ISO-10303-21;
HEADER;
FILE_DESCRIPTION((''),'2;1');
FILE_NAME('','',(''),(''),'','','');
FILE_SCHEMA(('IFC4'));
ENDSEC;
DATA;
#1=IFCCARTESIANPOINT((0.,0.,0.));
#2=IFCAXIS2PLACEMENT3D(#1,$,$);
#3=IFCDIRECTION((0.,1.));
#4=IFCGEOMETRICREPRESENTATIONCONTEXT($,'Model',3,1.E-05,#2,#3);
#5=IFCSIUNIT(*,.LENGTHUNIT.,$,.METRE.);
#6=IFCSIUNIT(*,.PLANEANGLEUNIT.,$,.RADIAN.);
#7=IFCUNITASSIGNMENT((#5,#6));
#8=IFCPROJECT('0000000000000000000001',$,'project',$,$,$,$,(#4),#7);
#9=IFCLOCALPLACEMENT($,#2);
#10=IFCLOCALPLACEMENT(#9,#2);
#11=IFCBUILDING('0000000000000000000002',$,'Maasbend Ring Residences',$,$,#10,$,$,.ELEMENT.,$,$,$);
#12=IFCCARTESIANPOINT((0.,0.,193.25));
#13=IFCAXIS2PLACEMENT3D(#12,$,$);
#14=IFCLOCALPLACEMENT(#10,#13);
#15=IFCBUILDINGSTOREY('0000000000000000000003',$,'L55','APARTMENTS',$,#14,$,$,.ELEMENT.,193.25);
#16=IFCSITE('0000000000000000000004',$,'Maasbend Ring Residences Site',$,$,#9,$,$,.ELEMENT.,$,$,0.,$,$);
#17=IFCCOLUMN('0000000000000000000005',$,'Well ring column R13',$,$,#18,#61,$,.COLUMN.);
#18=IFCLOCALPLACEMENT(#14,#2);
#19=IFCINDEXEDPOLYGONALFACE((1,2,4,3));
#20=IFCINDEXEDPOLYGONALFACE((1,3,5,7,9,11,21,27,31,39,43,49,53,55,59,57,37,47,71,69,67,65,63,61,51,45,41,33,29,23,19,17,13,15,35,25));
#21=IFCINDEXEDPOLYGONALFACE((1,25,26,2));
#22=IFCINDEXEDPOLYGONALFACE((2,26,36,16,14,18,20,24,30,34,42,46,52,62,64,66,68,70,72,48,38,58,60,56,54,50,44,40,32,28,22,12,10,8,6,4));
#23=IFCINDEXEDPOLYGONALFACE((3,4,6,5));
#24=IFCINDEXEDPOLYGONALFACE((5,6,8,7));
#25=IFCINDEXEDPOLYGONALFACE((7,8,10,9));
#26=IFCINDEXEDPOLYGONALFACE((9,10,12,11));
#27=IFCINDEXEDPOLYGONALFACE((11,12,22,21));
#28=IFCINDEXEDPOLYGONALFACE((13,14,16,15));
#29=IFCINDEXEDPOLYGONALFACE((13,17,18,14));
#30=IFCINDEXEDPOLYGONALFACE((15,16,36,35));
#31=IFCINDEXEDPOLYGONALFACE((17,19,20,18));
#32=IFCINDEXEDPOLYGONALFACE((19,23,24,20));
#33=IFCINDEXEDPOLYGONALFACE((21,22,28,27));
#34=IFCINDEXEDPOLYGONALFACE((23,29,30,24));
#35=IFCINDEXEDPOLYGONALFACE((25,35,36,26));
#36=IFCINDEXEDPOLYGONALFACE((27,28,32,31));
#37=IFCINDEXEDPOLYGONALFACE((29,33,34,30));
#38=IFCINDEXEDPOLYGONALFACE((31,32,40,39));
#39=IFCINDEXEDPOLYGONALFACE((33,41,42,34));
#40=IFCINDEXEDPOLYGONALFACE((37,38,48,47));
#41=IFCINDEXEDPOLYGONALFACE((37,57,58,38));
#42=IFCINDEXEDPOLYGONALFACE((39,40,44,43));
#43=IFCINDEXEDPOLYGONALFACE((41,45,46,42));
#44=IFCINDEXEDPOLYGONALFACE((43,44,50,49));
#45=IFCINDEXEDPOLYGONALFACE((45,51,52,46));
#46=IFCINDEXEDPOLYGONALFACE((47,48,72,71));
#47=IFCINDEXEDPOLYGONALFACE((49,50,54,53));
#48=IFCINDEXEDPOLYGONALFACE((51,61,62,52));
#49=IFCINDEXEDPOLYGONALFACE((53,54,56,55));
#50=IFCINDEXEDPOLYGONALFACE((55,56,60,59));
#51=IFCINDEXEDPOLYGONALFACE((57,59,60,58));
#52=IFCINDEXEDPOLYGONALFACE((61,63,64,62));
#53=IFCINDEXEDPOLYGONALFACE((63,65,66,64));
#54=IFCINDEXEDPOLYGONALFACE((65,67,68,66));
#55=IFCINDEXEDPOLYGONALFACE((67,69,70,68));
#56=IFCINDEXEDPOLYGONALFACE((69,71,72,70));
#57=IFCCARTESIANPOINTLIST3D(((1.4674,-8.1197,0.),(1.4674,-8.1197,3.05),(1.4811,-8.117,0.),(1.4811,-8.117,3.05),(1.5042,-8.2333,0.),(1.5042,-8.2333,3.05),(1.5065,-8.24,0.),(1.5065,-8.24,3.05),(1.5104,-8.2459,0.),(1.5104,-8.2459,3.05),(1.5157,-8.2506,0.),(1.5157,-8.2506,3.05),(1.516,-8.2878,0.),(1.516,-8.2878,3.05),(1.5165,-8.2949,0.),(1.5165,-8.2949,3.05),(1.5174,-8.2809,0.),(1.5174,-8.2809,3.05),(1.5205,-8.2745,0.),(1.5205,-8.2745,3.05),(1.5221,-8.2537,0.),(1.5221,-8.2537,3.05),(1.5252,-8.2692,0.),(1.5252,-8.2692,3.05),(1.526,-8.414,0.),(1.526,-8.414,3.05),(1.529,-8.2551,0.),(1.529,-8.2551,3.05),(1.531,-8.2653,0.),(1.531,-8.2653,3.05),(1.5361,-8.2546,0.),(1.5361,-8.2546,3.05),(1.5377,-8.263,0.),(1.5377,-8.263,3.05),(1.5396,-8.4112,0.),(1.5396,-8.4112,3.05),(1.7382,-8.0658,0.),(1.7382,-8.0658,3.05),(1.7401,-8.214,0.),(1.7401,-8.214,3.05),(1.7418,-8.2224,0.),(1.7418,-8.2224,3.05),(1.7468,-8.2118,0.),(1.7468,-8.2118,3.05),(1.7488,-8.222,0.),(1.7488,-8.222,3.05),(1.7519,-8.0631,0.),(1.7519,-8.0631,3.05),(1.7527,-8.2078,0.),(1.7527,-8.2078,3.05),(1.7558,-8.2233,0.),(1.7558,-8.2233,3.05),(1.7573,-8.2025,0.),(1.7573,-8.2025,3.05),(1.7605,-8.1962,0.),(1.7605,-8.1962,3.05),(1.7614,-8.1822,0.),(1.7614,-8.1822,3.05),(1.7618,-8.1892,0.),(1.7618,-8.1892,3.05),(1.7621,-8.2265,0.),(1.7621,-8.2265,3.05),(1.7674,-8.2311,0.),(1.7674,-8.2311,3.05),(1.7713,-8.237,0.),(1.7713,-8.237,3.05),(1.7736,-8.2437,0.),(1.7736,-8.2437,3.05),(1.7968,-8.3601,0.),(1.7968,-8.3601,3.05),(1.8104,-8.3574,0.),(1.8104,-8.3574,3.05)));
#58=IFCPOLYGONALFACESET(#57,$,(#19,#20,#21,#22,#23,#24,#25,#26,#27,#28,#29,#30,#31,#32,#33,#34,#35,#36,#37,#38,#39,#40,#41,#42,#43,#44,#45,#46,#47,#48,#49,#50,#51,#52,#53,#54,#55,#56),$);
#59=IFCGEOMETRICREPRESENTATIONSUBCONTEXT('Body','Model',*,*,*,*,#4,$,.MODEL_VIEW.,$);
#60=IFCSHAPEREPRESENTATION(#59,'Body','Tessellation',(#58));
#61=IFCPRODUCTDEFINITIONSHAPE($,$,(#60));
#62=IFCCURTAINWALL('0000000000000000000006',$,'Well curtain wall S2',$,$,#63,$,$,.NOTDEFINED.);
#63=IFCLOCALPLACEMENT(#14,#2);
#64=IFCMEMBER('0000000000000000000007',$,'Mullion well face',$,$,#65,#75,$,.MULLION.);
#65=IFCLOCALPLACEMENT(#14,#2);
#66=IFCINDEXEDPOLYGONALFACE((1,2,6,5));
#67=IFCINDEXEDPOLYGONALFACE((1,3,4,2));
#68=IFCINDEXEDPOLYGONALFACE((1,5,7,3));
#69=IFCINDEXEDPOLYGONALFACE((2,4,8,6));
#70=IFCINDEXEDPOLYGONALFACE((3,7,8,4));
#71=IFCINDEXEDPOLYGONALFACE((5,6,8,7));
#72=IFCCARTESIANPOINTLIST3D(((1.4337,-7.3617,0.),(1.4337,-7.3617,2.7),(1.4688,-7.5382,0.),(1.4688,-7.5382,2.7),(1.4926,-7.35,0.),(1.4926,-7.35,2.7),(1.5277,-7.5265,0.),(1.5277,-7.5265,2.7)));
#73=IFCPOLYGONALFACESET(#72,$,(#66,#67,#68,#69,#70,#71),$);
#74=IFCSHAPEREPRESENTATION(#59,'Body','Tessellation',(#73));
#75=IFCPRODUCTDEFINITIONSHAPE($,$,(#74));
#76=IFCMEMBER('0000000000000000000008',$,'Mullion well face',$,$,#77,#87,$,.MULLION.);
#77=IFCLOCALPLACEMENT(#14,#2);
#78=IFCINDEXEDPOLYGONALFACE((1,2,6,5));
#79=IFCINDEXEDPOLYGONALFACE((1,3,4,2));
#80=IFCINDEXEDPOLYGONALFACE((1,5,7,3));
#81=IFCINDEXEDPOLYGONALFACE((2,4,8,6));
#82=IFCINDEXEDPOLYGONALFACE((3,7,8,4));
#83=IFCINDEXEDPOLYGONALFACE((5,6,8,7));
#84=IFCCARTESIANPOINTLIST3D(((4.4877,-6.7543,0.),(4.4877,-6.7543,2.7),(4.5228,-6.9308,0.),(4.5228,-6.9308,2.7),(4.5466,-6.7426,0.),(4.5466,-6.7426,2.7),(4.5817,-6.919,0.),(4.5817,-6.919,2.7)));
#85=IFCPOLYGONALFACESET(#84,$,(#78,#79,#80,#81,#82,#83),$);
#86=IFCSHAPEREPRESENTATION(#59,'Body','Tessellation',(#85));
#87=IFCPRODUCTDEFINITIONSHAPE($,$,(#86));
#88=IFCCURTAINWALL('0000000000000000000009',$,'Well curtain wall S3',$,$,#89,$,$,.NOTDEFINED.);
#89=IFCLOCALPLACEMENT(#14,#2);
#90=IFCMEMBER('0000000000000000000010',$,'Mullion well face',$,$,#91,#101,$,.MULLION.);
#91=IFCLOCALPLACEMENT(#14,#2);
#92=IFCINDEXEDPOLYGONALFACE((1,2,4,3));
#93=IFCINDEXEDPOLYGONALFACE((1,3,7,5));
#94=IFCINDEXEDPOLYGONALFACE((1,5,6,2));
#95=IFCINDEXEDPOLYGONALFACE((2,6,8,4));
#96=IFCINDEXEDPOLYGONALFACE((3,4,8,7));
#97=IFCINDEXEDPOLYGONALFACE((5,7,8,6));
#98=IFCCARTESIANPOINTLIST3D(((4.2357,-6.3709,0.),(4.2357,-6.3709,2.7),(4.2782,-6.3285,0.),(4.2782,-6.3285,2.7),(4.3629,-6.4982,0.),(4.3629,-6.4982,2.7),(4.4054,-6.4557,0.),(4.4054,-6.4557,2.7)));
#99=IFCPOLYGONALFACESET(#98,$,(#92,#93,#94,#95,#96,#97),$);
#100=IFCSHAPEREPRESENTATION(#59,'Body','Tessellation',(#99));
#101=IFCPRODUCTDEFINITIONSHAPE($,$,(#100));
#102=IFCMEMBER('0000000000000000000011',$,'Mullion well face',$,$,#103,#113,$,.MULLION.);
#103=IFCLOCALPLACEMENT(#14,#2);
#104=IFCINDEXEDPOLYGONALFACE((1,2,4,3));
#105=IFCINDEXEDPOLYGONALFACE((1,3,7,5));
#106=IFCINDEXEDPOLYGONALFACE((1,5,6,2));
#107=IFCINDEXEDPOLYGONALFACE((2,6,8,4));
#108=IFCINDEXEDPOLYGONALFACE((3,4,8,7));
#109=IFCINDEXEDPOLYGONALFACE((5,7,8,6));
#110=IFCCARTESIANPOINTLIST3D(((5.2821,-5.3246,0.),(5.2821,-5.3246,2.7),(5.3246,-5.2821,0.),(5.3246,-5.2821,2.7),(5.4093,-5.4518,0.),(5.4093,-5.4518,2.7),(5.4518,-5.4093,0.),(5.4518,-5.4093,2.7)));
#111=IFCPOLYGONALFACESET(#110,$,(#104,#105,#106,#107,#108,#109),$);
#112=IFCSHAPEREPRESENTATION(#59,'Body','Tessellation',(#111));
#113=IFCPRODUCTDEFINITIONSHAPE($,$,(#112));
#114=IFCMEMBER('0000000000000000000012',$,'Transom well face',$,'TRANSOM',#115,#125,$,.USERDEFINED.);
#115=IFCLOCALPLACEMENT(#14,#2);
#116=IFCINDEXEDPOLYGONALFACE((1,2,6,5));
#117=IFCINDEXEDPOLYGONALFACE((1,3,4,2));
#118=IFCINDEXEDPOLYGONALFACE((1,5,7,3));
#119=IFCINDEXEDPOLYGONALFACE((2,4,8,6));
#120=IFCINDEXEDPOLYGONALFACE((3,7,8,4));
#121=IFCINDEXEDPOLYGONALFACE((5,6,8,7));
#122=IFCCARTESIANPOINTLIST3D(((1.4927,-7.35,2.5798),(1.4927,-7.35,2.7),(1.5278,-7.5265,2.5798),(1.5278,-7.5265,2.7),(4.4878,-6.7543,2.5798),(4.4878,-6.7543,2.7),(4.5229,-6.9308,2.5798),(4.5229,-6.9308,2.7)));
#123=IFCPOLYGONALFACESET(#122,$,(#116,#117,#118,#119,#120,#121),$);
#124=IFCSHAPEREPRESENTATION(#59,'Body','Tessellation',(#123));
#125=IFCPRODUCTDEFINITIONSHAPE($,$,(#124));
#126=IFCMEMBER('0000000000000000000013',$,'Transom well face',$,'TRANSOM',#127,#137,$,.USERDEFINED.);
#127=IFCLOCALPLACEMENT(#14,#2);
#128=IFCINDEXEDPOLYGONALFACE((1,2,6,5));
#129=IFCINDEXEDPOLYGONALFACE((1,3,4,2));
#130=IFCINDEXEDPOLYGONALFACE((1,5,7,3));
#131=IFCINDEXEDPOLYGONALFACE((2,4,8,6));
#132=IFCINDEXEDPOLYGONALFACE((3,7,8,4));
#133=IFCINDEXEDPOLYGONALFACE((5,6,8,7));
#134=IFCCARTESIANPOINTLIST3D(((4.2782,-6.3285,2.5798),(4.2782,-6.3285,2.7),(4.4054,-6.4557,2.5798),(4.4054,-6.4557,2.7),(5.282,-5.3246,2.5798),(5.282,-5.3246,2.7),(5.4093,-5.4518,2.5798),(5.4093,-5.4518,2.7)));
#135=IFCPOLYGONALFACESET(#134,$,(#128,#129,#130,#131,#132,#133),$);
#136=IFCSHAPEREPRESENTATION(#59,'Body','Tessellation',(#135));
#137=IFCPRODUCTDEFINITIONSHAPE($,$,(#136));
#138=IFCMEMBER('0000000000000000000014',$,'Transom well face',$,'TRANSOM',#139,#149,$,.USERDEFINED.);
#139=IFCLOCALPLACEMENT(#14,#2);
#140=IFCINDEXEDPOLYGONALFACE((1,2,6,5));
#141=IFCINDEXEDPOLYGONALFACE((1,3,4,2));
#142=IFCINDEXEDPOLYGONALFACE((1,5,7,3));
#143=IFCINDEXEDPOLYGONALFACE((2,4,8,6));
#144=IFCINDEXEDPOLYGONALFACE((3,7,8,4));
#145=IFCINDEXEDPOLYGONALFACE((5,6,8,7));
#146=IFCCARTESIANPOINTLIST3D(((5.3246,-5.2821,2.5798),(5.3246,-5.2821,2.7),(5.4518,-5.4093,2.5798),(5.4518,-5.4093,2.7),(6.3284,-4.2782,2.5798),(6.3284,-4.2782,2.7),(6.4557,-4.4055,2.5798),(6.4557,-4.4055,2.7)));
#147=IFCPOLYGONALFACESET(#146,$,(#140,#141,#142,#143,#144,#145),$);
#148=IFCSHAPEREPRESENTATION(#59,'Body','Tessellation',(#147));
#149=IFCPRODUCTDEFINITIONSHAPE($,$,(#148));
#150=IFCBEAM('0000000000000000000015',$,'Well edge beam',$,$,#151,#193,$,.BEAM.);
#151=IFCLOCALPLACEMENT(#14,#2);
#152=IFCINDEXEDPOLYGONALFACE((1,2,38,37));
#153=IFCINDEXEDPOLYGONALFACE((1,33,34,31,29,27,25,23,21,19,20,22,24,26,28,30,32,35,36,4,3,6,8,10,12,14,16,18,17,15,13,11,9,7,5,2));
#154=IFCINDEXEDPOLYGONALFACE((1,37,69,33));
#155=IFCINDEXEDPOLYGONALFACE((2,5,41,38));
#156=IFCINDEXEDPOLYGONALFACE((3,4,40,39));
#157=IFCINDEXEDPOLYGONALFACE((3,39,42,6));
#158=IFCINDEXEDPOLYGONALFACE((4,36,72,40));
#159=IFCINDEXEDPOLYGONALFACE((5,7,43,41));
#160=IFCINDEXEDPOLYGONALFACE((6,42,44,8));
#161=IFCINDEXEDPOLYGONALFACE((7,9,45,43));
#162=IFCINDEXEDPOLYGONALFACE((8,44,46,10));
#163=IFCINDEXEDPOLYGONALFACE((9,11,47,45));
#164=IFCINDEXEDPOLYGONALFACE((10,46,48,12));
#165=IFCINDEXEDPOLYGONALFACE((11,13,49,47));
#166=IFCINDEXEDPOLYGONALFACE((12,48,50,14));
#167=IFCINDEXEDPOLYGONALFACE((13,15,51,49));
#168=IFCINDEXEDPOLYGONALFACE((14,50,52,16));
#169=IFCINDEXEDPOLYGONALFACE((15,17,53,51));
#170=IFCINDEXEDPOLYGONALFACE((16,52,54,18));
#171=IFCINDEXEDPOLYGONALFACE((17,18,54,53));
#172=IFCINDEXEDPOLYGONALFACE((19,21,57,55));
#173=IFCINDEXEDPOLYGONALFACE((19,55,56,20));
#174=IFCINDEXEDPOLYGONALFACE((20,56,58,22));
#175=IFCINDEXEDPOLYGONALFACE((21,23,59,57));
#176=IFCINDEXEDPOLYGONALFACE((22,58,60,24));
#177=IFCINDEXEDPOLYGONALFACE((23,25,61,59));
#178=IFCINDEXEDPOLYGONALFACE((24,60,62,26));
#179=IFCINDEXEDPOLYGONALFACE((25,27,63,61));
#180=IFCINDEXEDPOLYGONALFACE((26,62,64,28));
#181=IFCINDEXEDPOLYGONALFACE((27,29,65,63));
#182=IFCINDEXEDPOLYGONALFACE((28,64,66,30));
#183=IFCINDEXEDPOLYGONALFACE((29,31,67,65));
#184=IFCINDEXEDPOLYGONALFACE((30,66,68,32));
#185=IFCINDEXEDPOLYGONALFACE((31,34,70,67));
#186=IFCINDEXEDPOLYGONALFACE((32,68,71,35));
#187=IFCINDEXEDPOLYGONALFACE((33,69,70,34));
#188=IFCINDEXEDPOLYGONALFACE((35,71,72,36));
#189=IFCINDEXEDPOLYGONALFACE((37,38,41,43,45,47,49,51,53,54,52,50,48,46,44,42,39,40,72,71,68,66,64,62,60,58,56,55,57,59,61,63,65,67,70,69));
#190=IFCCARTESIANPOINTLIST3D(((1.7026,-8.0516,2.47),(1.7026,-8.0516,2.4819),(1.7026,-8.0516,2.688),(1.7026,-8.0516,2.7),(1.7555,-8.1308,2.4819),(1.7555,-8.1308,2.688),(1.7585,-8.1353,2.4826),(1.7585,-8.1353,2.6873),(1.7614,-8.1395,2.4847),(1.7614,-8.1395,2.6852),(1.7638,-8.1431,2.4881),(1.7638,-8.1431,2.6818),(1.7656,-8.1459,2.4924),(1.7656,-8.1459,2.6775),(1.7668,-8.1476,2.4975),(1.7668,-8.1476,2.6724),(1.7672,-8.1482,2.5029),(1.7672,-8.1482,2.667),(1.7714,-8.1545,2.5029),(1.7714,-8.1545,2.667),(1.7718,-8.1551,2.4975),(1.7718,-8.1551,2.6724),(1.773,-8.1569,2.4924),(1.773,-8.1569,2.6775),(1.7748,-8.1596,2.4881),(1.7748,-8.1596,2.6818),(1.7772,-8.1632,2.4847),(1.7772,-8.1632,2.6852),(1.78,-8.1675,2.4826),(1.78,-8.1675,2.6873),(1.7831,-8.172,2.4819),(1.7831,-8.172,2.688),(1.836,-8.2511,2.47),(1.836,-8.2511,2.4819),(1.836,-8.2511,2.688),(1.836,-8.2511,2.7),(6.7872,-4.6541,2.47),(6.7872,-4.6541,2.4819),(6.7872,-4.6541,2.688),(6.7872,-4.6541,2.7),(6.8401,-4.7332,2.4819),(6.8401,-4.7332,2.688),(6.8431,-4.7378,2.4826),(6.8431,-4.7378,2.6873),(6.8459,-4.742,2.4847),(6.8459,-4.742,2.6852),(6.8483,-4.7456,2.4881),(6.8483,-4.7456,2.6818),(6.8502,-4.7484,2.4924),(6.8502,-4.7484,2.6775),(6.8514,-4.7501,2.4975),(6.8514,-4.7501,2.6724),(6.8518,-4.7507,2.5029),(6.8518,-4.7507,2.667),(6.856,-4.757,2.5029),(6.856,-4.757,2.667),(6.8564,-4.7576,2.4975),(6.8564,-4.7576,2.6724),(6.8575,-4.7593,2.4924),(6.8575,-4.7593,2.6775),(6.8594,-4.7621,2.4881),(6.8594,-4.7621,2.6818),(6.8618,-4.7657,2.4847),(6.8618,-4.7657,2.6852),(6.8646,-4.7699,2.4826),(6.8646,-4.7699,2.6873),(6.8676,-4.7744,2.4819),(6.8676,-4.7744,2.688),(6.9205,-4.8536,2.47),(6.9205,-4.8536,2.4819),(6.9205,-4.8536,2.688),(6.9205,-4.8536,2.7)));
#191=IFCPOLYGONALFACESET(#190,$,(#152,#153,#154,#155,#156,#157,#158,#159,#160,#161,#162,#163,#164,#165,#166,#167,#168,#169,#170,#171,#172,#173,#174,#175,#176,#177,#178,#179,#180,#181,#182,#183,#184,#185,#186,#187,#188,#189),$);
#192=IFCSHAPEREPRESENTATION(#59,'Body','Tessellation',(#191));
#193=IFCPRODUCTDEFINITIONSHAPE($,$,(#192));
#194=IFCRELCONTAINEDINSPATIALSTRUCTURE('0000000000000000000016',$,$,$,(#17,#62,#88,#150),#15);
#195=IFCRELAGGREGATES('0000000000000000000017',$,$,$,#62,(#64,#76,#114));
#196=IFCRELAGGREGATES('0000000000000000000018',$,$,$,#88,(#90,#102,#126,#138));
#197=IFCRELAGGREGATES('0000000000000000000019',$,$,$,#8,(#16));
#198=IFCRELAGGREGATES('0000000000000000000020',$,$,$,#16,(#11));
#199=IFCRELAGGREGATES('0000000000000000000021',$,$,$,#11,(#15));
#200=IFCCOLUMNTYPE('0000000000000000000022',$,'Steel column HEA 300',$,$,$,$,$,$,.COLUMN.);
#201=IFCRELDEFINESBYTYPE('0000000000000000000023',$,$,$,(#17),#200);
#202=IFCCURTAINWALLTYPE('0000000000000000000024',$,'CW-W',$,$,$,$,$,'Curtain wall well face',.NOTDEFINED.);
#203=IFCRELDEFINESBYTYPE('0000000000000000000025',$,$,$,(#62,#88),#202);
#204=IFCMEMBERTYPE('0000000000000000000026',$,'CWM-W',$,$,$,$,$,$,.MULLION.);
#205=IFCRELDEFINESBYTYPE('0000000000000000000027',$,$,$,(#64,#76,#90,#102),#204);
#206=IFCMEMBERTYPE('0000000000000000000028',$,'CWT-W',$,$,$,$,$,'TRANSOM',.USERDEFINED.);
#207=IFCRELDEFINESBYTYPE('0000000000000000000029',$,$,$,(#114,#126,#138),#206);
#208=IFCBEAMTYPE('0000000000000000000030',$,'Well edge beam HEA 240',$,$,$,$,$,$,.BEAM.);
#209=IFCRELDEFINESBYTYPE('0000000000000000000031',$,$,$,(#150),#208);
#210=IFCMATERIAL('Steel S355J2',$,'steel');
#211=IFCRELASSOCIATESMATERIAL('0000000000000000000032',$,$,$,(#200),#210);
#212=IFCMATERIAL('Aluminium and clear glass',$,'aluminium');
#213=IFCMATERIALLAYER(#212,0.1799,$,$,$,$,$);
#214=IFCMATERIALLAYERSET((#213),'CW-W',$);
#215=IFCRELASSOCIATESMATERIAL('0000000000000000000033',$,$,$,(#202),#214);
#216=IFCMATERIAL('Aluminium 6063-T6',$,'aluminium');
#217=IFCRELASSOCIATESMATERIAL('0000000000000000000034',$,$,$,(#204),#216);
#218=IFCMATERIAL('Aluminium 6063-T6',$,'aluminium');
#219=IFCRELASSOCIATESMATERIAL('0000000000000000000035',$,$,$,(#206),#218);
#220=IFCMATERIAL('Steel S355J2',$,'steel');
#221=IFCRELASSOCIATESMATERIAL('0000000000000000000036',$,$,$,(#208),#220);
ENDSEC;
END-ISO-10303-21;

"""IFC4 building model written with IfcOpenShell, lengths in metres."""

from ifc_helpers import new_model, si_unit, direction, frame, origin, origin_2d, place, context, subcontext, project, spatial, rectangle, i_section, extrude, material, layer, layer_set, material_profile, profile_set, type_object, element, aggregate, save


model = new_model("IFC4")

# Units and contexts
model_context = context("Model", 3, precision=1e-05, world=origin(), true_north=direction((0.0, 1.0)))
body_context = subcontext(model_context, "Body", "Model", "MODEL_VIEW")
ifc_project = project(units=[si_unit("LENGTHUNIT", "METRE"), si_unit("PLANEANGLEUNIT", "RADIAN")], contexts=[model_context])

# Site, building, storey
site_placement = place(None, origin())
site = spatial("IfcSite", under=ifc_project, at=site_placement, Name="Maasbend Ring Residences Site", CompositionType="ELEMENT", RefElevation=0.0)
building_placement = place(site_placement, origin())
building = spatial("IfcBuilding", under=site, at=building_placement, Name="Maasbend Ring Residences", CompositionType="ELEMENT")
storey_placement = place(building_placement, frame((0.0, 0.0, 193.25)))
storey = spatial("IfcBuildingStorey", under=building, at=storey_placement, Name="L55", Description="APARTMENTS", CompositionType="ELEMENT", Elevation=193.25)

# Column
ifc_material_1 = material(Name="Steel S355J2", Category="steel")
ifc_material_profile_1 = material_profile(ifc_material_1, i_section(OverallWidth=0.3, OverallDepth=0.29, WebThickness=0.0085, FlangeThickness=0.0139, FilletRadius=0.0271, at=origin_2d()), Name="HEA 300")
ifc_profile_set_1 = profile_set([ifc_material_profile_1], Name="Steel S355J2")
column_type = type_object("IfcColumnType", Name="Steel column HEA 300", PredefinedType="COLUMN", material=ifc_profile_set_1)
column_placement = place(storey_placement, frame((1.6389, -8.2385, 0.0), z_axis=(0.0, 0.0, 1.0), x_axis=(0.19509, -0.980785, 0.0)))
element("IfcColumn", 1, at=column_placement, inside=storey, type_object=column_type, Name="Well ring column R13", PredefinedType="COLUMN", context=body_context, shape_type="SweptSolid", body=[
    extrude(i_section(OverallWidth=0.3, OverallDepth=0.29, WebThickness=0.0085, FlangeThickness=0.0139, FilletRadius=0.0271, at=origin_2d()), origin(), (0.0, 0.0, 1.0), 3.05),
])

# Curtain walls, members
ifc_material_2 = material(Name="Aluminium and clear glass", Category="aluminium")
ifc_layer_1 = layer(ifc_material_2, 0.1799)
ifc_layer_set_1 = layer_set([ifc_layer_1], Name="CW-W")
curtain_wall_type = type_object("IfcCurtainWallType", Name="CW-W", ElementType="Curtain wall well face", PredefinedType="NOTDEFINED", material=ifc_layer_set_1)
curtain_wall_1_placement = place(storey_placement, origin())
curtain_wall_1 = element("IfcCurtainWall", 2, at=curtain_wall_1_placement, inside=storey, type_object=curtain_wall_type, Name="Well curtain wall S2", PredefinedType="NOTDEFINED")
ifc_material_3 = material(Name="Aluminium 6063-T6", Category="aluminium")
ifc_material_profile_2 = material_profile(ifc_material_3, rectangle(XDim=0.1799, YDim=0.0601, at=origin_2d()), Name="AL 180x60")
ifc_profile_set_2 = profile_set([ifc_material_profile_2], Name="Aluminium 6063-T6")
member_type_1 = type_object("IfcMemberType", Name="CWM-W", PredefinedType="MULLION", material=ifc_profile_set_2)
member_1_placement = place(storey_placement, frame((1.4807, -7.4441, 0.0), z_axis=(0.0, 0.0, 1.0), x_axis=(-0.19509, 0.980785, 0.0)))
member_1 = element("IfcMember", 3, at=member_1_placement, type_object=member_type_1, Name="Mullion well face", PredefinedType="MULLION", context=body_context, shape_type="SweptSolid", body=[
    extrude(rectangle(XDim=0.1799, YDim=0.0601, at=origin_2d()), origin(), (0.0, 0.0, 1.0), 2.7),
])
member_2_placement = place(storey_placement, frame((4.5347, -6.8367, 0.0), z_axis=(0.0, 0.0, 1.0), x_axis=(-0.19509, 0.980785, 0.0)))
member_2 = element("IfcMember", 4, at=member_2_placement, type_object=member_type_1, Name="Mullion well face", PredefinedType="MULLION", context=body_context, shape_type="SweptSolid", body=[
    extrude(rectangle(XDim=0.1799, YDim=0.0601, at=origin_2d()), origin(), (0.0, 0.0, 1.0), 2.7),
])
curtain_wall_2_placement = place(storey_placement, origin())
curtain_wall_2 = element("IfcCurtainWall", 5, at=curtain_wall_2_placement, inside=storey, type_object=curtain_wall_type, Name="Well curtain wall S3", PredefinedType="NOTDEFINED")
member_3_placement = place(storey_placement, frame((4.3206, -6.4133, 0.0), z_axis=(0.0, 0.0, 1.0), x_axis=(-0.707107, 0.707107, 0.0)))
member_3 = element("IfcMember", 6, at=member_3_placement, type_object=member_type_1, Name="Mullion well face", PredefinedType="MULLION", context=body_context, shape_type="SweptSolid", body=[
    extrude(rectangle(XDim=0.1799, YDim=0.0601, at=origin_2d()), origin(), (0.0, 0.0, 1.0), 2.7),
])
member_4_placement = place(storey_placement, frame((5.3669, -5.3669, 0.0), z_axis=(0.0, 0.0, 1.0), x_axis=(-0.707107, 0.707107, 0.0)))
member_4 = element("IfcMember", 7, at=member_4_placement, type_object=member_type_1, Name="Mullion well face", PredefinedType="MULLION", context=body_context, shape_type="SweptSolid", body=[
    extrude(rectangle(XDim=0.1799, YDim=0.0601, at=origin_2d()), origin(), (0.0, 0.0, 1.0), 2.7),
])

# Members
ifc_material_4 = material(Name="Aluminium 6063-T6", Category="aluminium")
ifc_material_profile_3 = material_profile(ifc_material_4, rectangle(XDim=0.1799, YDim=0.1201, at=origin_2d()), Name="AL 180x120")
ifc_profile_set_3 = profile_set([ifc_material_profile_3], Name="Aluminium 6063-T6")
member_type_2 = type_object("IfcMemberType", Name="CWT-W", ElementType="TRANSOM", PredefinedType="USERDEFINED", material=ifc_profile_set_3)
member_5_placement = place(storey_placement, frame((1.5103, -7.4382, 2.6399), z_axis=(0.980789, 0.195071, 0.0), x_axis=(-0.195071, 0.980789, 0.0)))
member_5 = element("IfcMember", 8, at=member_5_placement, type_object=member_type_2, Name="Transom well face", ObjectType="TRANSOM", PredefinedType="USERDEFINED", context=body_context, shape_type="SweptSolid", body=[
    extrude(rectangle(XDim=0.1799, YDim=0.1201, at=origin_2d()), origin(), (0.0, 0.0, 1.0), 3.0537),
])
member_6_placement = place(storey_placement, frame((4.3418, -6.3921, 2.6399), z_axis=(0.707107, 0.707107, 0.0), x_axis=(-0.707107, 0.707107, 0.0)))
member_6 = element("IfcMember", 9, at=member_6_placement, type_object=member_type_2, Name="Transom well face", ObjectType="TRANSOM", PredefinedType="USERDEFINED", context=body_context, shape_type="SweptSolid", body=[
    extrude(rectangle(XDim=0.1799, YDim=0.1201, at=origin_2d()), origin(), (0.0, 0.0, 1.0), 1.4197),
])
member_7_placement = place(storey_placement, frame((5.3882, -5.3457, 2.6399), z_axis=(0.707107, 0.707107, 0.0), x_axis=(-0.707107, 0.707107, 0.0)))
member_7 = element("IfcMember", 10, at=member_7_placement, type_object=member_type_2, Name="Transom well face", ObjectType="TRANSOM", PredefinedType="USERDEFINED", context=body_context, shape_type="SweptSolid", body=[
    extrude(rectangle(XDim=0.1799, YDim=0.1201, at=origin_2d()), origin(), (0.0, 0.0, 1.0), 1.4197),
])

# Beam
ifc_material_5 = material(Name="Steel S355J2", Category="steel")
ifc_material_profile_4 = material_profile(ifc_material_5, i_section(OverallWidth=0.24, OverallDepth=0.23, WebThickness=0.0076, FlangeThickness=0.012, FilletRadius=0.021, at=origin_2d()), Name="HEA 240")
ifc_profile_set_4 = profile_set([ifc_material_profile_4], Name="Steel S355J2")
beam_type = type_object("IfcBeamType", Name="Well edge beam HEA 240", PredefinedType="BEAM", material=ifc_profile_set_4)
beam_placement = place(storey_placement, frame((1.7693, -8.1514, 2.585), z_axis=(0.83146, 0.555584, 0.0), x_axis=(-0.555584, 0.83146, 0.0)))
element("IfcBeam", 11, at=beam_placement, inside=storey, type_object=beam_type, Name="Well edge beam", PredefinedType="BEAM", context=body_context, shape_type="SweptSolid", body=[
    extrude(i_section(OverallWidth=0.24, OverallDepth=0.23, WebThickness=0.0076, FlangeThickness=0.012, FilletRadius=0.021, at=origin_2d()), origin(), (0.0, 0.0, 1.0), 6.1152),
])

aggregate(curtain_wall_1, [member_1, member_2, member_5])
aggregate(curtain_wall_2, [member_3, member_4, member_6, member_7])

save(model, "model.ifc")
